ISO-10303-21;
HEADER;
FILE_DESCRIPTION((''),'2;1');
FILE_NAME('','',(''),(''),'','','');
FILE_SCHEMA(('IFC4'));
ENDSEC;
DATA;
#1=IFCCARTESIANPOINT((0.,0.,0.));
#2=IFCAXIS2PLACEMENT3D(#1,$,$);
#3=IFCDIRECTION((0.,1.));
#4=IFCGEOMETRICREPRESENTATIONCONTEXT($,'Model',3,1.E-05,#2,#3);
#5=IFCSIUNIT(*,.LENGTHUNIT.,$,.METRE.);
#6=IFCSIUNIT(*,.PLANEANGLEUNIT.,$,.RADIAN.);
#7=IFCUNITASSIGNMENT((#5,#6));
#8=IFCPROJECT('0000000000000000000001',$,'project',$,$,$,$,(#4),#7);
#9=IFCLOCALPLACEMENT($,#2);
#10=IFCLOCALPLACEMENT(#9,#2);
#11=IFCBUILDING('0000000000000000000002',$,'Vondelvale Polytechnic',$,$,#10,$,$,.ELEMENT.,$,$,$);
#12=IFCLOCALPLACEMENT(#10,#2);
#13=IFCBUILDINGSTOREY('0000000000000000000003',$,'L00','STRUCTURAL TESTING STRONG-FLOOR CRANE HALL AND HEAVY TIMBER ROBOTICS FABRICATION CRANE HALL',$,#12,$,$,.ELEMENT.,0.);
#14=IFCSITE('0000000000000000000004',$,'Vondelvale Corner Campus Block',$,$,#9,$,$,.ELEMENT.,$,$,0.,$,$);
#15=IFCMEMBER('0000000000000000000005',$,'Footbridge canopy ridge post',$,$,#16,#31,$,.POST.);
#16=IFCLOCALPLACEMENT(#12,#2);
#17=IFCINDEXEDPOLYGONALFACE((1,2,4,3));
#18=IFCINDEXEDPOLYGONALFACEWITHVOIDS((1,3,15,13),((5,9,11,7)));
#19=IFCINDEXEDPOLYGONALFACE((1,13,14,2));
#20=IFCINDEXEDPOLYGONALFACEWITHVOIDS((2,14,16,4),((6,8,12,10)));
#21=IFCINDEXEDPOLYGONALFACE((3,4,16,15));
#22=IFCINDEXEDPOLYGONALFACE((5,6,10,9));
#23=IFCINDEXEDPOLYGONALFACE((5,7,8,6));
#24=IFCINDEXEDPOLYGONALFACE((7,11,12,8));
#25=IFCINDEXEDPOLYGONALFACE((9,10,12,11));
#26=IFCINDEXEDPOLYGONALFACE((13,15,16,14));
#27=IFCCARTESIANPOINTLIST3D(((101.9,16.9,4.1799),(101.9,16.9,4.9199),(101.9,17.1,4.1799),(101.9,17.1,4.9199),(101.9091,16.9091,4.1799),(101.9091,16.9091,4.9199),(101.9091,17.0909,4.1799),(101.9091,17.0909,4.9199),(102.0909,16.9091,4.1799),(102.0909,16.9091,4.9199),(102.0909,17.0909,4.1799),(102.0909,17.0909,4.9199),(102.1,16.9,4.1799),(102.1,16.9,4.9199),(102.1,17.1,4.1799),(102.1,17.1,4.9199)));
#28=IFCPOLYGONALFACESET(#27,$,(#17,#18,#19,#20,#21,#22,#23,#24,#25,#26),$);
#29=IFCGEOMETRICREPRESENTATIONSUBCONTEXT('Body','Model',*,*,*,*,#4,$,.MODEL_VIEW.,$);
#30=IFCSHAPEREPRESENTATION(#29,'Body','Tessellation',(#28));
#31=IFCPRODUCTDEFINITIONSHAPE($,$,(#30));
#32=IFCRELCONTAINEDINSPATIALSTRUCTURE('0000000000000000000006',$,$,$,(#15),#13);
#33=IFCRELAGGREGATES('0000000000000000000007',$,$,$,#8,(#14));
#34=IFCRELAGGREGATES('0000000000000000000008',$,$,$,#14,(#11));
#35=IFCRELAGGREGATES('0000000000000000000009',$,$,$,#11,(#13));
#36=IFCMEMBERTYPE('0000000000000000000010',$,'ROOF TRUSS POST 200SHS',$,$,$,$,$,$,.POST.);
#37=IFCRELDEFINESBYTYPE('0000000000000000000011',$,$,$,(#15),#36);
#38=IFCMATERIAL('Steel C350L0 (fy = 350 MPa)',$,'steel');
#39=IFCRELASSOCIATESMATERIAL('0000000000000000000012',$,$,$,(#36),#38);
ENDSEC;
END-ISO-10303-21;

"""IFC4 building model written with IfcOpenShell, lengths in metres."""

from ifc_helpers import new_model, si_unit, direction, frame, origin, origin_2d, place, context, subcontext, project, spatial, hollow_rectangle, extrude, material, material_profile, profile_set, type_object, element, save


model = new_model("IFC4")

# Units and contexts
model_context = context("Model", 3, precision=1e-05, world=origin(), true_north=direction((0.0, 1.0)))
body_context = subcontext(model_context, "Body", "Model", "MODEL_VIEW")
ifc_project = project(units=[si_unit("LENGTHUNIT", "METRE"), si_unit("PLANEANGLEUNIT", "RADIAN")], contexts=[model_context])

# Site, building, storey
site_placement = place(None, origin())
site = spatial("IfcSite", under=ifc_project, at=site_placement, Name="Vondelvale Corner Campus Block", CompositionType="ELEMENT", RefElevation=0.0)
building_placement = place(site_placement, origin())
building = spatial("IfcBuilding", under=site, at=building_placement, Name="Vondelvale Polytechnic", CompositionType="ELEMENT")
storey_placement = place(building_placement, origin())
storey = spatial("IfcBuildingStorey", under=building, at=storey_placement, Name="L00", Description="STRUCTURAL TESTING STRONG-FLOOR CRANE HALL AND HEAVY TIMBER ROBOTICS FABRICATION CRANE HALL", CompositionType="ELEMENT", Elevation=0.0)

# Member
ifc_material_1 = material(Name="Steel C350L0 (fy = 350 MPa)", Category="steel")
ifc_material_profile_1 = material_profile(ifc_material_1, hollow_rectangle(XDim=0.2, YDim=0.2, WallThickness=0.009, at=origin_2d()), Name="200x200x9.0SHS")
ifc_profile_set_1 = profile_set([ifc_material_profile_1], Name="Steel C350L0 (fy = 350 MPa)")
member_type = type_object("IfcMemberType", Name="ROOF TRUSS POST 200SHS", PredefinedType="POST", material=ifc_profile_set_1)
member_placement = place(storey_placement, frame((102.0, 17.0, 4.1799), z_axis=(0.0, 0.0, 1.0), x_axis=(1.0, 0.0, 0.0)))
element("IfcMember", 1, at=member_placement, inside=storey, type_object=member_type, Name="Footbridge canopy ridge post", PredefinedType="POST", context=body_context, shape_type="SweptSolid", body=[
    extrude(hollow_rectangle(XDim=0.2, YDim=0.2, WallThickness=0.009, at=origin_2d()), origin(), (0.0, 0.0, 1.0), 0.74),
])

save(model, "model.ifc")
